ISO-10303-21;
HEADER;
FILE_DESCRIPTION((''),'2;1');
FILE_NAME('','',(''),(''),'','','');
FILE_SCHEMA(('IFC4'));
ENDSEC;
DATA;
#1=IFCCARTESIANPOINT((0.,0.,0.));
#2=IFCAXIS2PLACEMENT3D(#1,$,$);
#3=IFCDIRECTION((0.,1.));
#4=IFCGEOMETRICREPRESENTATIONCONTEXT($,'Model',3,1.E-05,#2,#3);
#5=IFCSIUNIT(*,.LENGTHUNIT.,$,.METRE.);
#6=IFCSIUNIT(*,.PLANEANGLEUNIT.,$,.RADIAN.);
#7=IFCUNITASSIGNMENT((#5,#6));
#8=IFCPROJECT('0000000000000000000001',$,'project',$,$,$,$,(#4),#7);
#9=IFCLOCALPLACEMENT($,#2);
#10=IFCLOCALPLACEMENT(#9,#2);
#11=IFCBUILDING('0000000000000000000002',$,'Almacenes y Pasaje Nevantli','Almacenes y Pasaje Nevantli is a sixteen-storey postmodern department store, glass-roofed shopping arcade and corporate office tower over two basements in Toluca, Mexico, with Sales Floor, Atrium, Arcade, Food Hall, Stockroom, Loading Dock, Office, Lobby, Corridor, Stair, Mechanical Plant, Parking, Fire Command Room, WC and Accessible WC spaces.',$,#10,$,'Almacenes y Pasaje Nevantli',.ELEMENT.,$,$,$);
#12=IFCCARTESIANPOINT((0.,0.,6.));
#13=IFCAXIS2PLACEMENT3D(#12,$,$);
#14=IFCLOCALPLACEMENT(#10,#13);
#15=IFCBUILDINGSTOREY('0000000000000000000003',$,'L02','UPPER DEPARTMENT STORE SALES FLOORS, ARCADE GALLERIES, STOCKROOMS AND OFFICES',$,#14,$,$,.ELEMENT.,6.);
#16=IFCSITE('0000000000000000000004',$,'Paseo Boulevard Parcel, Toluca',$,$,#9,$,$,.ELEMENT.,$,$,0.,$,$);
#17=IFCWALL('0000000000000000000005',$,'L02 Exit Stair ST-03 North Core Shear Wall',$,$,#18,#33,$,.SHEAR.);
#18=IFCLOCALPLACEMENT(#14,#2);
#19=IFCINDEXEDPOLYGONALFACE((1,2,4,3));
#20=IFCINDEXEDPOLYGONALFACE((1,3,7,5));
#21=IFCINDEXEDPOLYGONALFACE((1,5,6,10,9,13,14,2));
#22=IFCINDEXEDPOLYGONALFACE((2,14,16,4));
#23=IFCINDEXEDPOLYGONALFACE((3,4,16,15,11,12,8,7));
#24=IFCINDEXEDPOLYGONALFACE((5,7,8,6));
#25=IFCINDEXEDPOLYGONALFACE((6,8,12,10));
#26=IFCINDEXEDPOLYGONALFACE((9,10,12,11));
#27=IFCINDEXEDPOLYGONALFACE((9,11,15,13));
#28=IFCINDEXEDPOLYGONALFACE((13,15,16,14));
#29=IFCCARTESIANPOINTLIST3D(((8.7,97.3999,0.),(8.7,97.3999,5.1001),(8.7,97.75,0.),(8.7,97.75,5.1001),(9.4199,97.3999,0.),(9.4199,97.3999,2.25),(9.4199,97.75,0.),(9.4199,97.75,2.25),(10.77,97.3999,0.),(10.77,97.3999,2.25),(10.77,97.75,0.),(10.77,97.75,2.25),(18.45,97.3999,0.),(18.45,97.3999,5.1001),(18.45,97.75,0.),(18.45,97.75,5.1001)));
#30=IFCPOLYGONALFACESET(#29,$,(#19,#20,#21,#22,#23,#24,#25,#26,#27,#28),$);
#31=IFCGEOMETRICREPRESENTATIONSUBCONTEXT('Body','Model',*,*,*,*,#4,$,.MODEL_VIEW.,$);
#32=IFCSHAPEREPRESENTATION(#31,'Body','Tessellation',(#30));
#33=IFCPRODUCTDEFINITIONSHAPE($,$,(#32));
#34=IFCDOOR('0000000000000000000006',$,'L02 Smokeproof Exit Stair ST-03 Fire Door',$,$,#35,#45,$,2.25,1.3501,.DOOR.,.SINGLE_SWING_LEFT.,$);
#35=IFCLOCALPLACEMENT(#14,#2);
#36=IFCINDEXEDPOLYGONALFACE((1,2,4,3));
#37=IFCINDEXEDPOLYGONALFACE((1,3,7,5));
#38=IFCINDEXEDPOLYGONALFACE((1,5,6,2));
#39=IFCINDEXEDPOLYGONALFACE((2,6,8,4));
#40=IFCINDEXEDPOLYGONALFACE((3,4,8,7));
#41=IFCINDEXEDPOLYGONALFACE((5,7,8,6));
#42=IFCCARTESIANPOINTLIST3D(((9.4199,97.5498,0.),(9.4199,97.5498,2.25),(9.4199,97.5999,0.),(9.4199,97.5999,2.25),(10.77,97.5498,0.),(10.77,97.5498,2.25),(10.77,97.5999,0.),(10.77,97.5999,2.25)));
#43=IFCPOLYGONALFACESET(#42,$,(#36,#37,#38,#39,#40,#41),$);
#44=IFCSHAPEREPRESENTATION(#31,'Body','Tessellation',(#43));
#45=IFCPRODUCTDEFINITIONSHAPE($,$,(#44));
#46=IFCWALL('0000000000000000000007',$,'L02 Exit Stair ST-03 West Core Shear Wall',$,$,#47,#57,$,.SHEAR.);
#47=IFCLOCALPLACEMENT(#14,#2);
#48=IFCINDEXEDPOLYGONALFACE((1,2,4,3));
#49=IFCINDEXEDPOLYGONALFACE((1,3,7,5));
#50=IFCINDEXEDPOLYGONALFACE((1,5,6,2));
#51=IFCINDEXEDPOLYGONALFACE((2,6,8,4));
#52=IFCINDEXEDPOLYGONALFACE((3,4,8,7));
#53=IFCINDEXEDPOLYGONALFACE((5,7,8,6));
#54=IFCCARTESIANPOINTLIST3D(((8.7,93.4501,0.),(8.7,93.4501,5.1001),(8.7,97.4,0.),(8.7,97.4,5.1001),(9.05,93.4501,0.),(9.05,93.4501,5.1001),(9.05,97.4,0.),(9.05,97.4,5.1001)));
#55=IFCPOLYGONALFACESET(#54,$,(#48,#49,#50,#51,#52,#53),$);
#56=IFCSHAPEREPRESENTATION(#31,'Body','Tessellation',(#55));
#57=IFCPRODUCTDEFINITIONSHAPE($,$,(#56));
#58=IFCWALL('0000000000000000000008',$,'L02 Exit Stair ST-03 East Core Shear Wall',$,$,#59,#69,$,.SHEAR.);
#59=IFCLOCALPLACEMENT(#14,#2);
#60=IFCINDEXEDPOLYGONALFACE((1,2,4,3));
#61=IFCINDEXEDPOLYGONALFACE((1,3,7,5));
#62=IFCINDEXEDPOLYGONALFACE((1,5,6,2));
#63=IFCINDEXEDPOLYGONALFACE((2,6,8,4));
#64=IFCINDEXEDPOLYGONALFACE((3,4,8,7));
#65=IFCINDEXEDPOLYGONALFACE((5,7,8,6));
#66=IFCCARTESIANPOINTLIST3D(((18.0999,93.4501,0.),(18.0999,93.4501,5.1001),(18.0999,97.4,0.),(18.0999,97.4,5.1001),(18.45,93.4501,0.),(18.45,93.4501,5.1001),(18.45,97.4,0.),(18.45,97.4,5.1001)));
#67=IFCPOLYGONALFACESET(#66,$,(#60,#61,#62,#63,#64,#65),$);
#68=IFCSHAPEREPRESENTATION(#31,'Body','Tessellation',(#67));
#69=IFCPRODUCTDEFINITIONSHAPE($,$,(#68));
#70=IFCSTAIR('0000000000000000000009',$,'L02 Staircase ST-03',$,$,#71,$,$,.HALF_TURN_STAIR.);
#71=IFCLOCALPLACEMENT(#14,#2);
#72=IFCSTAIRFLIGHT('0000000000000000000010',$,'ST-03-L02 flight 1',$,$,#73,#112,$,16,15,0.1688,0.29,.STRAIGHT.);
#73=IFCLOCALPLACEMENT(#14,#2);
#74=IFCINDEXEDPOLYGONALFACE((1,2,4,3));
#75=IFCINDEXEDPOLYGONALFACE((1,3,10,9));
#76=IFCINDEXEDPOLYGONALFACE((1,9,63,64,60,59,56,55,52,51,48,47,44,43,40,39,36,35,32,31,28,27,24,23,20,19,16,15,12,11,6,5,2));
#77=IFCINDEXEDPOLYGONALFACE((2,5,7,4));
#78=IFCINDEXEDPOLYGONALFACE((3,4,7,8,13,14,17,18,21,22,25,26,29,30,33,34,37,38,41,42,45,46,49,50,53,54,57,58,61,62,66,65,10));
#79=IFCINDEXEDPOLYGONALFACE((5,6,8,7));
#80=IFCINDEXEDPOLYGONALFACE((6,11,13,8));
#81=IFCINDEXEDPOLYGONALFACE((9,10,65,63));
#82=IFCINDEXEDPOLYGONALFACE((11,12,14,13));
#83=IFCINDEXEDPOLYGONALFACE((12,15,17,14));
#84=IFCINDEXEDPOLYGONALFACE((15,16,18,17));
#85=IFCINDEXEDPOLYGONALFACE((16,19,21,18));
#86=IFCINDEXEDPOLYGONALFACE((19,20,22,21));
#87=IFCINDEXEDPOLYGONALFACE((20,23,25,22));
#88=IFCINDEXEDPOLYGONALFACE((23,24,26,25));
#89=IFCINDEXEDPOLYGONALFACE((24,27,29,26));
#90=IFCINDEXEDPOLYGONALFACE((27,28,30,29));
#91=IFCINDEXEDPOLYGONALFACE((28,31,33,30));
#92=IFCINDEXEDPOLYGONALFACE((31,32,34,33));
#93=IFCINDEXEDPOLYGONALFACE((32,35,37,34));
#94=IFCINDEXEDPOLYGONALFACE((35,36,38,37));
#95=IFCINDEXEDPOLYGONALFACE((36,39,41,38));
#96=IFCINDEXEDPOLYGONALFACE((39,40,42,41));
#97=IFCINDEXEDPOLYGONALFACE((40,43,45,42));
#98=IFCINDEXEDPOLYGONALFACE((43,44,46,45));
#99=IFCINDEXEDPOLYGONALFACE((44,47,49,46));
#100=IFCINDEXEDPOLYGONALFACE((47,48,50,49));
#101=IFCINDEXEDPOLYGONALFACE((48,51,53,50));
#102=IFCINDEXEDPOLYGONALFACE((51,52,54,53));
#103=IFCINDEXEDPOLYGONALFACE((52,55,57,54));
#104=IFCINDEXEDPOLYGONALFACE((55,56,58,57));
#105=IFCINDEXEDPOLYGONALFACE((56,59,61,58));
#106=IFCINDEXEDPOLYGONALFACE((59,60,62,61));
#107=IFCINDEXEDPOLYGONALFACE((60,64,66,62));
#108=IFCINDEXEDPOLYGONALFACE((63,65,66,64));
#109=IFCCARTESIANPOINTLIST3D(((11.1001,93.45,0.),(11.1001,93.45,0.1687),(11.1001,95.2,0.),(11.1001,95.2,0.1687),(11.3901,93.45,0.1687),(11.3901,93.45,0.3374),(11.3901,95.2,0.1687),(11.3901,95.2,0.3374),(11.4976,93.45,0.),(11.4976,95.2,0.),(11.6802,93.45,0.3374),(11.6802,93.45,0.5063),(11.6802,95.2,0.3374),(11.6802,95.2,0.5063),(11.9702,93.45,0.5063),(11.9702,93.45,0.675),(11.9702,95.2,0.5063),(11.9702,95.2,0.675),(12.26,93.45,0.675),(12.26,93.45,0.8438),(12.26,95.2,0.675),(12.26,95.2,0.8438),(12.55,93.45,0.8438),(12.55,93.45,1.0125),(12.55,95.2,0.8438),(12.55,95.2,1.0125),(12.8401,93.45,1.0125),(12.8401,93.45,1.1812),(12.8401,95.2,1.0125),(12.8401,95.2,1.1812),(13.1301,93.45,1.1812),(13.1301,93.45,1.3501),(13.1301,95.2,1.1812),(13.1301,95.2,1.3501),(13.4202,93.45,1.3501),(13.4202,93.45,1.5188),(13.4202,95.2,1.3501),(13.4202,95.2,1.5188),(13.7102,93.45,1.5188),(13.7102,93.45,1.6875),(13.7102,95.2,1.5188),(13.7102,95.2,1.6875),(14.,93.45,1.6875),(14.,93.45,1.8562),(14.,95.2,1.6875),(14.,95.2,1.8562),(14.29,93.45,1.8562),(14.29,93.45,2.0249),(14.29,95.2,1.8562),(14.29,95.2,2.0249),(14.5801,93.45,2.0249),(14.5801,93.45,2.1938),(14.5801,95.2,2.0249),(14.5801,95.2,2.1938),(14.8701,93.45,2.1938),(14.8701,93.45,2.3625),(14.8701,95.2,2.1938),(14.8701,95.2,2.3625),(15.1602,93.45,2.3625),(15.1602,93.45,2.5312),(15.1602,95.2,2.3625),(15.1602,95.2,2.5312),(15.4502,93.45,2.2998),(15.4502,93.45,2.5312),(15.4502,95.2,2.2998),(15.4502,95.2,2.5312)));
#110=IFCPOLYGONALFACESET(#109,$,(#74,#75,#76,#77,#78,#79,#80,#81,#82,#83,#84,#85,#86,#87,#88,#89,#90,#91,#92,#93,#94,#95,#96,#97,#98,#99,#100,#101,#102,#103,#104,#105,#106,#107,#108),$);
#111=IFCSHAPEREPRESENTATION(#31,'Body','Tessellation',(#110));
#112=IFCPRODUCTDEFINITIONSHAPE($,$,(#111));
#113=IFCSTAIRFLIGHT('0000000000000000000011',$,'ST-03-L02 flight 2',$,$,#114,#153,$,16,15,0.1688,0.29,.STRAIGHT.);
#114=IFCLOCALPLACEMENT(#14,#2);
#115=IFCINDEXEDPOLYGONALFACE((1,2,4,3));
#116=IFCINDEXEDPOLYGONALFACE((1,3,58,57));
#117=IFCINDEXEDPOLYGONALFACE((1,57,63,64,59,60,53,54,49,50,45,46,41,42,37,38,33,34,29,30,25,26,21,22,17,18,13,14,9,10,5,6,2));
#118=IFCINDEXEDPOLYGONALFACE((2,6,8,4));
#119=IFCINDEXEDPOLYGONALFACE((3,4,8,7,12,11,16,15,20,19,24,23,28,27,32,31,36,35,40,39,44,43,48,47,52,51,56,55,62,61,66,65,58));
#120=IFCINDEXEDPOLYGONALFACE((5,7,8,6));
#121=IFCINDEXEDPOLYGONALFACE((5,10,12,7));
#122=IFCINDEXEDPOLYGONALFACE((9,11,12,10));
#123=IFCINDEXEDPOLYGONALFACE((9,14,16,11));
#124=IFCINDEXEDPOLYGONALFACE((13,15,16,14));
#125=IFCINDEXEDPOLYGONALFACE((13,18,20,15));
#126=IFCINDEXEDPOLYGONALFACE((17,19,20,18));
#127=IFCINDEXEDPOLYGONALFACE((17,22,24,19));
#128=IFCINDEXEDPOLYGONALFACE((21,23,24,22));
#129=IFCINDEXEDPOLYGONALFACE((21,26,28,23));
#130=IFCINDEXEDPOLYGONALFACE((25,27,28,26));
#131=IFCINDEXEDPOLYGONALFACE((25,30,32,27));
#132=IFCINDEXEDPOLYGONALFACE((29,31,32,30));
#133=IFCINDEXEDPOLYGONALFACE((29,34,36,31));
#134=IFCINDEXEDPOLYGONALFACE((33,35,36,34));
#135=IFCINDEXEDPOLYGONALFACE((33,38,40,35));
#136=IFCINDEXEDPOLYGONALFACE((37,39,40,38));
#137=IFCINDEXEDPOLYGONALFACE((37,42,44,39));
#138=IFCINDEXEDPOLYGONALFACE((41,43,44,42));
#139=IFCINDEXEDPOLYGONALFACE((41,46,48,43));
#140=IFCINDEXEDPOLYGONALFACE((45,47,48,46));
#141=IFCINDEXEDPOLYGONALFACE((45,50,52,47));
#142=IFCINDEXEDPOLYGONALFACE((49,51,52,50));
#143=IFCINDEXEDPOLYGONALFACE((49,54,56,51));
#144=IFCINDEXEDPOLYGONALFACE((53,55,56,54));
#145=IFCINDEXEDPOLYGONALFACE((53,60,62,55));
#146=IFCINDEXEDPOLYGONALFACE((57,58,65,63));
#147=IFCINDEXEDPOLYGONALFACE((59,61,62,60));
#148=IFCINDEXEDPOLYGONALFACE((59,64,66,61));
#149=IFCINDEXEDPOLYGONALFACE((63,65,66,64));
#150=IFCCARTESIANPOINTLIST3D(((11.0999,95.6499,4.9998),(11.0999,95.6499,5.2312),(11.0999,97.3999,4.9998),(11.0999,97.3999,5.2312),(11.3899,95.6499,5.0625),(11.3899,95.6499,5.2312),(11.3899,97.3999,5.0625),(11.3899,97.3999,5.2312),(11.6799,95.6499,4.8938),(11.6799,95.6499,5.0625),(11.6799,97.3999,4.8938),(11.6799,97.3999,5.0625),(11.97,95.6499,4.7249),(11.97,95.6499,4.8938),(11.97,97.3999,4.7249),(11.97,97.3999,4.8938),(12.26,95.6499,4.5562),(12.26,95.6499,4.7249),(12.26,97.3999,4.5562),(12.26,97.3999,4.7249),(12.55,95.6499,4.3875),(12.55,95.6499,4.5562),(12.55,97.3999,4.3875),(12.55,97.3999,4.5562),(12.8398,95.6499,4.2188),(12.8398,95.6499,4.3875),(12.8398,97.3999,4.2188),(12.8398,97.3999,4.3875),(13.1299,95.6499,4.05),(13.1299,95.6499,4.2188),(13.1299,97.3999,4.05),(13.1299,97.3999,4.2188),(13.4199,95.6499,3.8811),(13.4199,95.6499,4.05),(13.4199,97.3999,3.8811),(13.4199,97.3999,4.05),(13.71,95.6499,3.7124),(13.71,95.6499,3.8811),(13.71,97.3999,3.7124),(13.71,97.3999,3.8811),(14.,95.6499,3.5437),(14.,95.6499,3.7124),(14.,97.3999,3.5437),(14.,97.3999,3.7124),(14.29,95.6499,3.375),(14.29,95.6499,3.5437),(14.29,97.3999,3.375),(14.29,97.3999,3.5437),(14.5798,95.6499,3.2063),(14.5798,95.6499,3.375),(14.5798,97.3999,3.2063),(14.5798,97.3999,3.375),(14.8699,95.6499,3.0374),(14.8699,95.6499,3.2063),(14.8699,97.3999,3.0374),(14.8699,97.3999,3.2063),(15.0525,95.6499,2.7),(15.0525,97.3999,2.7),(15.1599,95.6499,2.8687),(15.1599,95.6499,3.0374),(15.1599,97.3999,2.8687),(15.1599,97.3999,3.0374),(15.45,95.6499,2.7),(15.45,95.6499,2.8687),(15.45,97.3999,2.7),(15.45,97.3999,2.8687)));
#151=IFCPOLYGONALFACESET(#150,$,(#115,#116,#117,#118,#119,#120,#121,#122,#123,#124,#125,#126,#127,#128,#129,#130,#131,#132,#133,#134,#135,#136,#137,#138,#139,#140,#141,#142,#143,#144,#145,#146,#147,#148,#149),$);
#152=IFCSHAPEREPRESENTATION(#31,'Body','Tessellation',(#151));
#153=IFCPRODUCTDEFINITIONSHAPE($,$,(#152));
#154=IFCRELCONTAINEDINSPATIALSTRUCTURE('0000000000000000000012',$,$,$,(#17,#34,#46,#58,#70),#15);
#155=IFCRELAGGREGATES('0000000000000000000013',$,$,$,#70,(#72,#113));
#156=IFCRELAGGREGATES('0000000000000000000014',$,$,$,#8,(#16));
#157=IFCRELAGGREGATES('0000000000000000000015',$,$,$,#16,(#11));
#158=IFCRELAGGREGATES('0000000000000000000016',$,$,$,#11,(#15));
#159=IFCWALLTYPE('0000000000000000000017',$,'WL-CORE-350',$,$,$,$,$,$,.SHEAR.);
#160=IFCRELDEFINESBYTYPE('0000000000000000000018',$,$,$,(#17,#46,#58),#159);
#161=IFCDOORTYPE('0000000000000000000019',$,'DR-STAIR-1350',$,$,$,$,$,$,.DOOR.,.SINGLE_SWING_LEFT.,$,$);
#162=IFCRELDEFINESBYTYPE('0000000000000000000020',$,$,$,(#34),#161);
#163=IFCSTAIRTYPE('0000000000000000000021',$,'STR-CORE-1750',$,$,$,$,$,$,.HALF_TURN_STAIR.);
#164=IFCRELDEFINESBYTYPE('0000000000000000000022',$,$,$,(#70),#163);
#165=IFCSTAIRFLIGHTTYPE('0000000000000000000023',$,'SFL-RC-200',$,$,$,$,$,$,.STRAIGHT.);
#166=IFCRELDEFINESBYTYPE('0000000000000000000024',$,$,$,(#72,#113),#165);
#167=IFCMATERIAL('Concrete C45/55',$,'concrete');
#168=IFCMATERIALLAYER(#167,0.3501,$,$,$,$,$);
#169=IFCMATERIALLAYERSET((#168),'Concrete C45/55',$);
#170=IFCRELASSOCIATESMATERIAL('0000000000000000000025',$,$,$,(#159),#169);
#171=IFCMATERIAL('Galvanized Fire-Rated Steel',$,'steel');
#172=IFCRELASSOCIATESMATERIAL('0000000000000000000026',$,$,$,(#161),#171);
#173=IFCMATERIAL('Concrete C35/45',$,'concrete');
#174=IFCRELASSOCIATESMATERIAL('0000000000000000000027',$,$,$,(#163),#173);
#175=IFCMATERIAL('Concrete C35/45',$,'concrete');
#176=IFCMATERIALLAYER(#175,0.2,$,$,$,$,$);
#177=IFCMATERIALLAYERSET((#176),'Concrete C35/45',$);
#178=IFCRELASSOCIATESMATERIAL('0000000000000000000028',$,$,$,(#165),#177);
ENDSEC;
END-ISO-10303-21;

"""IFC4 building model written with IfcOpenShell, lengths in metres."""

from ifc_helpers import new_model, si_unit, direction, frame, frame_2d, origin, place, context, subcontext, project, spatial, polyline, rectangle, outline, extrude, material, layer, layer_set, type_object, element, fill, aggregate, save


model = new_model("IFC4")

# Units and contexts
model_context = context("Model", 3, precision=1e-05, world=origin(), true_north=direction((0.0, 1.0)))
body_context = subcontext(model_context, "Body", "Model", "MODEL_VIEW")
ifc_project = project(units=[si_unit("LENGTHUNIT", "METRE"), si_unit("PLANEANGLEUNIT", "RADIAN")], contexts=[model_context])

# Site, building, storey
site_placement = place(None, origin())
site = spatial("IfcSite", under=ifc_project, at=site_placement, Name="Paseo Boulevard Parcel, Toluca", CompositionType="ELEMENT", RefElevation=0.0)
building_placement = place(site_placement, origin())
building = spatial("IfcBuilding", under=site, at=building_placement, Name="Almacenes y Pasaje Nevantli", Description="Almacenes y Pasaje Nevantli is a sixteen-storey postmodern department store, glass-roofed shopping arcade and corporate office tower over two basements in Toluca, Mexico, with Sales Floor, Atrium, Arcade, Food Hall, Stockroom, Loading Dock, Office, Lobby, Corridor, Stair, Mechanical Plant, Parking, Fire Command Room, WC and Accessible WC spaces.", LongName="Almacenes y Pasaje Nevantli", CompositionType="ELEMENT")
storey_placement = place(building_placement, frame((0.0, 0.0, 6.0)))
storey = spatial("IfcBuildingStorey", under=building, at=storey_placement, Name="L02", Description="UPPER DEPARTMENT STORE SALES FLOORS, ARCADE GALLERIES, STOCKROOMS AND OFFICES", CompositionType="ELEMENT", Elevation=6.0)

# Shared definitions
ifc_material_1 = material(Name="Concrete C45/55", Category="concrete")
ifc_layer_1 = layer(ifc_material_1, 0.3501)
ifc_layer_set_1 = layer_set([ifc_layer_1], Name="Concrete C45/55")
wall_type = type_object("IfcWallType", Name="WL-CORE-350", PredefinedType="SHEAR", material=ifc_layer_set_1)

# Wall, opening, door
wall_1_placement = place(storey_placement, frame((8.7, 97.575, 0.0), z_axis=(0.0, 0.0, 1.0), x_axis=(1.0, 0.0, 0.0)))
wall_1 = element("IfcWall", 1, at=wall_1_placement, inside=storey, type_object=wall_type, Name="L02 Exit Stair ST-03 North Core Shear Wall", PredefinedType="SHEAR", context=body_context, shape_type="SweptSolid", body=[
    extrude(rectangle(XDim=9.75, YDim=0.3501, at=frame_2d((4.875, 0.0))), origin(), (0.0, 0.0, 1.0), 5.1001),
])
opening_placement = place(wall_1_placement, frame((0.72, 0.0, 0.0)))
opening = element("IfcOpeningElement", 2, at=opening_placement, cuts=wall_1, PredefinedType="OPENING", context=body_context, shape_type="SweptSolid", body=[
    extrude(rectangle(XDim=1.3501, YDim=2.25, at=frame_2d((0.675, 1.125))), frame((0.0, 0.1851, 0.0), z_axis=(0.0, -1.0, 0.0), x_axis=(1.0, 0.0, 0.0)), (0.0, 0.0, 1.0), 0.3701),
])
ifc_material_2 = material(Name="Galvanized Fire-Rated Steel", Category="steel")
door_type = type_object("IfcDoorType", Name="DR-STAIR-1350", OperationType="SINGLE_SWING_LEFT", PredefinedType="DOOR", material=ifc_material_2)
door_placement = place(opening_placement, origin())
door = element("IfcDoor", 3, at=door_placement, inside=storey, type_object=door_type, Name="L02 Smokeproof Exit Stair ST-03 Fire Door", OperationType="SINGLE_SWING_LEFT", OverallHeight=2.25, OverallWidth=1.3501, PredefinedType="DOOR", context=body_context, shape_type="SweptSolid", body=[
    extrude(rectangle(XDim=1.3501, YDim=2.25, at=frame_2d((0.675, 1.125))), frame((0.0, 0.0249, 0.0), z_axis=(0.0, -1.0, 0.0), x_axis=(1.0, 0.0, 0.0)), (0.0, 0.0, 1.0), 0.05),
])
fill(opening, door)

# Walls
for number, where, z_axis, x_axis, name in (
    (4, (8.875, 93.45, 0.0), (0.0, 0.0, 1.0), (0.0, 1.0, 0.0), "L02 Exit Stair ST-03 West Core Shear Wall"),
    (5, (18.2749, 93.45, 0.0), (0.0, 0.0, 1.0), (0.0, 1.0, 0.0), "L02 Exit Stair ST-03 East Core Shear Wall"),
):
    element("IfcWall", number, at=place(storey_placement, frame(where, z_axis=z_axis, x_axis=x_axis)), inside=storey, type_object=wall_type, Name=name, PredefinedType="SHEAR", context=body_context, shape_type="SweptSolid", body=[
        extrude(rectangle(XDim=3.95, YDim=0.3501, at=frame_2d((1.9751, 0.0))), origin(), (0.0, 0.0, 1.0), 5.1001),
    ])

# Stair, stair flights
ifc_material_3 = material(Name="Concrete C35/45", Category="concrete")
stair_type = type_object("IfcStairType", Name="STR-CORE-1750", PredefinedType="HALF_TURN_STAIR", material=ifc_material_3)
stair_placement = place(storey_placement, origin())
stair = element("IfcStair", 6, at=stair_placement, inside=storey, type_object=stair_type, Name="L02 Staircase ST-03", PredefinedType="HALF_TURN_STAIR")
ifc_material_4 = material(Name="Concrete C35/45", Category="concrete")
ifc_layer_2 = layer(ifc_material_4, 0.2)
ifc_layer_set_2 = layer_set([ifc_layer_2], Name="Concrete C35/45")
stair_flight_type = type_object("IfcStairFlightType", Name="SFL-RC-200", PredefinedType="STRAIGHT", material=ifc_layer_set_2)
stair_flight_1_placement = place(storey_placement, frame((11.1001, 94.325, 0.0), z_axis=(0.0, 0.0, 1.0), x_axis=(1.0, 0.0, 0.0)))
stair_flight_1 = element("IfcStairFlight", 7, at=stair_flight_1_placement, type_object=stair_flight_type, Name="ST-03-L02 flight 1", NumberOfRisers=16, NumberOfTreads=15, PredefinedType="STRAIGHT", RiserHeight=0.1688, TreadLength=0.29, context=body_context, shape_type="SweptSolid", body=[
    extrude(outline(polyline([(0.0, 0.0), (0.0, 0.1687), (0.29, 0.1687), (0.29, 0.3374), (0.5801, 0.3374), (0.5801, 0.5063), (0.8701, 0.5063), (0.8701, 0.675), (1.1599, 0.675), (1.1599, 0.8438), (1.45, 0.8438), (1.45, 1.0125), (1.74, 1.0125), (1.74, 1.1812), (2.03, 1.1812), (2.03, 1.3501), (2.3201, 1.3501), (2.3201, 1.5188), (2.6101, 1.5188), (2.6101, 1.6875), (2.8999, 1.6875), (2.8999, 1.8562), (3.1899, 1.8562), (3.1899, 2.0249), (3.48, 2.0249), (3.48, 2.1938), (3.77, 2.1938), (3.77, 2.3625), (4.0601, 2.3625), (4.0601, 2.5312), (4.3501, 2.5312), (4.3501, 2.7), (4.3501, 2.2998), (0.3975, 0.0), (0.0, 0.0)])), frame((0.0, 0.875, 0.0), z_axis=(0.0, -1.0, 0.0), x_axis=(1.0, 0.0, 0.0)), (0.0, 0.0, 1.0), 1.75),
])
stair_flight_2_placement = place(storey_placement, frame((15.45, 96.5249, 2.7), z_axis=(0.0, 0.0, 1.0), x_axis=(-1.0, 0.0, 0.0)))
stair_flight_2 = element("IfcStairFlight", 8, at=stair_flight_2_placement, type_object=stair_flight_type, Name="ST-03-L02 flight 2", NumberOfRisers=16, NumberOfTreads=15, PredefinedType="STRAIGHT", RiserHeight=0.1688, TreadLength=0.29, context=body_context, shape_type="SweptSolid", body=[
    extrude(outline(polyline([(0.0, 0.0), (0.0, 0.1687), (0.29, 0.1687), (0.29, 0.3374), (0.5801, 0.3374), (0.5801, 0.5063), (0.8701, 0.5063), (0.8701, 0.675), (1.1599, 0.675), (1.1599, 0.8438), (1.45, 0.8438), (1.45, 1.0125), (1.74, 1.0125), (1.74, 1.1812), (2.03, 1.1812), (2.03, 1.3501), (2.3201, 1.3501), (2.3201, 1.5188), (2.6101, 1.5188), (2.6101, 1.6875), (2.8999, 1.6875), (2.8999, 1.8562), (3.1899, 1.8562), (3.1899, 2.0249), (3.48, 2.0249), (3.48, 2.1938), (3.77, 2.1938), (3.77, 2.3625), (4.0601, 2.3625), (4.0601, 2.5312), (4.3501, 2.5312), (4.3501, 2.7), (4.3501, 2.2998), (0.3975, 0.0), (0.0, 0.0)])), frame((0.0, 0.875, 0.0), z_axis=(0.0, -1.0, 0.0), x_axis=(1.0, 0.0, 0.0)), (0.0, 0.0, 1.0), 1.75),
])
aggregate(stair, [stair_flight_1, stair_flight_2])

save(model, "model.ifc")
